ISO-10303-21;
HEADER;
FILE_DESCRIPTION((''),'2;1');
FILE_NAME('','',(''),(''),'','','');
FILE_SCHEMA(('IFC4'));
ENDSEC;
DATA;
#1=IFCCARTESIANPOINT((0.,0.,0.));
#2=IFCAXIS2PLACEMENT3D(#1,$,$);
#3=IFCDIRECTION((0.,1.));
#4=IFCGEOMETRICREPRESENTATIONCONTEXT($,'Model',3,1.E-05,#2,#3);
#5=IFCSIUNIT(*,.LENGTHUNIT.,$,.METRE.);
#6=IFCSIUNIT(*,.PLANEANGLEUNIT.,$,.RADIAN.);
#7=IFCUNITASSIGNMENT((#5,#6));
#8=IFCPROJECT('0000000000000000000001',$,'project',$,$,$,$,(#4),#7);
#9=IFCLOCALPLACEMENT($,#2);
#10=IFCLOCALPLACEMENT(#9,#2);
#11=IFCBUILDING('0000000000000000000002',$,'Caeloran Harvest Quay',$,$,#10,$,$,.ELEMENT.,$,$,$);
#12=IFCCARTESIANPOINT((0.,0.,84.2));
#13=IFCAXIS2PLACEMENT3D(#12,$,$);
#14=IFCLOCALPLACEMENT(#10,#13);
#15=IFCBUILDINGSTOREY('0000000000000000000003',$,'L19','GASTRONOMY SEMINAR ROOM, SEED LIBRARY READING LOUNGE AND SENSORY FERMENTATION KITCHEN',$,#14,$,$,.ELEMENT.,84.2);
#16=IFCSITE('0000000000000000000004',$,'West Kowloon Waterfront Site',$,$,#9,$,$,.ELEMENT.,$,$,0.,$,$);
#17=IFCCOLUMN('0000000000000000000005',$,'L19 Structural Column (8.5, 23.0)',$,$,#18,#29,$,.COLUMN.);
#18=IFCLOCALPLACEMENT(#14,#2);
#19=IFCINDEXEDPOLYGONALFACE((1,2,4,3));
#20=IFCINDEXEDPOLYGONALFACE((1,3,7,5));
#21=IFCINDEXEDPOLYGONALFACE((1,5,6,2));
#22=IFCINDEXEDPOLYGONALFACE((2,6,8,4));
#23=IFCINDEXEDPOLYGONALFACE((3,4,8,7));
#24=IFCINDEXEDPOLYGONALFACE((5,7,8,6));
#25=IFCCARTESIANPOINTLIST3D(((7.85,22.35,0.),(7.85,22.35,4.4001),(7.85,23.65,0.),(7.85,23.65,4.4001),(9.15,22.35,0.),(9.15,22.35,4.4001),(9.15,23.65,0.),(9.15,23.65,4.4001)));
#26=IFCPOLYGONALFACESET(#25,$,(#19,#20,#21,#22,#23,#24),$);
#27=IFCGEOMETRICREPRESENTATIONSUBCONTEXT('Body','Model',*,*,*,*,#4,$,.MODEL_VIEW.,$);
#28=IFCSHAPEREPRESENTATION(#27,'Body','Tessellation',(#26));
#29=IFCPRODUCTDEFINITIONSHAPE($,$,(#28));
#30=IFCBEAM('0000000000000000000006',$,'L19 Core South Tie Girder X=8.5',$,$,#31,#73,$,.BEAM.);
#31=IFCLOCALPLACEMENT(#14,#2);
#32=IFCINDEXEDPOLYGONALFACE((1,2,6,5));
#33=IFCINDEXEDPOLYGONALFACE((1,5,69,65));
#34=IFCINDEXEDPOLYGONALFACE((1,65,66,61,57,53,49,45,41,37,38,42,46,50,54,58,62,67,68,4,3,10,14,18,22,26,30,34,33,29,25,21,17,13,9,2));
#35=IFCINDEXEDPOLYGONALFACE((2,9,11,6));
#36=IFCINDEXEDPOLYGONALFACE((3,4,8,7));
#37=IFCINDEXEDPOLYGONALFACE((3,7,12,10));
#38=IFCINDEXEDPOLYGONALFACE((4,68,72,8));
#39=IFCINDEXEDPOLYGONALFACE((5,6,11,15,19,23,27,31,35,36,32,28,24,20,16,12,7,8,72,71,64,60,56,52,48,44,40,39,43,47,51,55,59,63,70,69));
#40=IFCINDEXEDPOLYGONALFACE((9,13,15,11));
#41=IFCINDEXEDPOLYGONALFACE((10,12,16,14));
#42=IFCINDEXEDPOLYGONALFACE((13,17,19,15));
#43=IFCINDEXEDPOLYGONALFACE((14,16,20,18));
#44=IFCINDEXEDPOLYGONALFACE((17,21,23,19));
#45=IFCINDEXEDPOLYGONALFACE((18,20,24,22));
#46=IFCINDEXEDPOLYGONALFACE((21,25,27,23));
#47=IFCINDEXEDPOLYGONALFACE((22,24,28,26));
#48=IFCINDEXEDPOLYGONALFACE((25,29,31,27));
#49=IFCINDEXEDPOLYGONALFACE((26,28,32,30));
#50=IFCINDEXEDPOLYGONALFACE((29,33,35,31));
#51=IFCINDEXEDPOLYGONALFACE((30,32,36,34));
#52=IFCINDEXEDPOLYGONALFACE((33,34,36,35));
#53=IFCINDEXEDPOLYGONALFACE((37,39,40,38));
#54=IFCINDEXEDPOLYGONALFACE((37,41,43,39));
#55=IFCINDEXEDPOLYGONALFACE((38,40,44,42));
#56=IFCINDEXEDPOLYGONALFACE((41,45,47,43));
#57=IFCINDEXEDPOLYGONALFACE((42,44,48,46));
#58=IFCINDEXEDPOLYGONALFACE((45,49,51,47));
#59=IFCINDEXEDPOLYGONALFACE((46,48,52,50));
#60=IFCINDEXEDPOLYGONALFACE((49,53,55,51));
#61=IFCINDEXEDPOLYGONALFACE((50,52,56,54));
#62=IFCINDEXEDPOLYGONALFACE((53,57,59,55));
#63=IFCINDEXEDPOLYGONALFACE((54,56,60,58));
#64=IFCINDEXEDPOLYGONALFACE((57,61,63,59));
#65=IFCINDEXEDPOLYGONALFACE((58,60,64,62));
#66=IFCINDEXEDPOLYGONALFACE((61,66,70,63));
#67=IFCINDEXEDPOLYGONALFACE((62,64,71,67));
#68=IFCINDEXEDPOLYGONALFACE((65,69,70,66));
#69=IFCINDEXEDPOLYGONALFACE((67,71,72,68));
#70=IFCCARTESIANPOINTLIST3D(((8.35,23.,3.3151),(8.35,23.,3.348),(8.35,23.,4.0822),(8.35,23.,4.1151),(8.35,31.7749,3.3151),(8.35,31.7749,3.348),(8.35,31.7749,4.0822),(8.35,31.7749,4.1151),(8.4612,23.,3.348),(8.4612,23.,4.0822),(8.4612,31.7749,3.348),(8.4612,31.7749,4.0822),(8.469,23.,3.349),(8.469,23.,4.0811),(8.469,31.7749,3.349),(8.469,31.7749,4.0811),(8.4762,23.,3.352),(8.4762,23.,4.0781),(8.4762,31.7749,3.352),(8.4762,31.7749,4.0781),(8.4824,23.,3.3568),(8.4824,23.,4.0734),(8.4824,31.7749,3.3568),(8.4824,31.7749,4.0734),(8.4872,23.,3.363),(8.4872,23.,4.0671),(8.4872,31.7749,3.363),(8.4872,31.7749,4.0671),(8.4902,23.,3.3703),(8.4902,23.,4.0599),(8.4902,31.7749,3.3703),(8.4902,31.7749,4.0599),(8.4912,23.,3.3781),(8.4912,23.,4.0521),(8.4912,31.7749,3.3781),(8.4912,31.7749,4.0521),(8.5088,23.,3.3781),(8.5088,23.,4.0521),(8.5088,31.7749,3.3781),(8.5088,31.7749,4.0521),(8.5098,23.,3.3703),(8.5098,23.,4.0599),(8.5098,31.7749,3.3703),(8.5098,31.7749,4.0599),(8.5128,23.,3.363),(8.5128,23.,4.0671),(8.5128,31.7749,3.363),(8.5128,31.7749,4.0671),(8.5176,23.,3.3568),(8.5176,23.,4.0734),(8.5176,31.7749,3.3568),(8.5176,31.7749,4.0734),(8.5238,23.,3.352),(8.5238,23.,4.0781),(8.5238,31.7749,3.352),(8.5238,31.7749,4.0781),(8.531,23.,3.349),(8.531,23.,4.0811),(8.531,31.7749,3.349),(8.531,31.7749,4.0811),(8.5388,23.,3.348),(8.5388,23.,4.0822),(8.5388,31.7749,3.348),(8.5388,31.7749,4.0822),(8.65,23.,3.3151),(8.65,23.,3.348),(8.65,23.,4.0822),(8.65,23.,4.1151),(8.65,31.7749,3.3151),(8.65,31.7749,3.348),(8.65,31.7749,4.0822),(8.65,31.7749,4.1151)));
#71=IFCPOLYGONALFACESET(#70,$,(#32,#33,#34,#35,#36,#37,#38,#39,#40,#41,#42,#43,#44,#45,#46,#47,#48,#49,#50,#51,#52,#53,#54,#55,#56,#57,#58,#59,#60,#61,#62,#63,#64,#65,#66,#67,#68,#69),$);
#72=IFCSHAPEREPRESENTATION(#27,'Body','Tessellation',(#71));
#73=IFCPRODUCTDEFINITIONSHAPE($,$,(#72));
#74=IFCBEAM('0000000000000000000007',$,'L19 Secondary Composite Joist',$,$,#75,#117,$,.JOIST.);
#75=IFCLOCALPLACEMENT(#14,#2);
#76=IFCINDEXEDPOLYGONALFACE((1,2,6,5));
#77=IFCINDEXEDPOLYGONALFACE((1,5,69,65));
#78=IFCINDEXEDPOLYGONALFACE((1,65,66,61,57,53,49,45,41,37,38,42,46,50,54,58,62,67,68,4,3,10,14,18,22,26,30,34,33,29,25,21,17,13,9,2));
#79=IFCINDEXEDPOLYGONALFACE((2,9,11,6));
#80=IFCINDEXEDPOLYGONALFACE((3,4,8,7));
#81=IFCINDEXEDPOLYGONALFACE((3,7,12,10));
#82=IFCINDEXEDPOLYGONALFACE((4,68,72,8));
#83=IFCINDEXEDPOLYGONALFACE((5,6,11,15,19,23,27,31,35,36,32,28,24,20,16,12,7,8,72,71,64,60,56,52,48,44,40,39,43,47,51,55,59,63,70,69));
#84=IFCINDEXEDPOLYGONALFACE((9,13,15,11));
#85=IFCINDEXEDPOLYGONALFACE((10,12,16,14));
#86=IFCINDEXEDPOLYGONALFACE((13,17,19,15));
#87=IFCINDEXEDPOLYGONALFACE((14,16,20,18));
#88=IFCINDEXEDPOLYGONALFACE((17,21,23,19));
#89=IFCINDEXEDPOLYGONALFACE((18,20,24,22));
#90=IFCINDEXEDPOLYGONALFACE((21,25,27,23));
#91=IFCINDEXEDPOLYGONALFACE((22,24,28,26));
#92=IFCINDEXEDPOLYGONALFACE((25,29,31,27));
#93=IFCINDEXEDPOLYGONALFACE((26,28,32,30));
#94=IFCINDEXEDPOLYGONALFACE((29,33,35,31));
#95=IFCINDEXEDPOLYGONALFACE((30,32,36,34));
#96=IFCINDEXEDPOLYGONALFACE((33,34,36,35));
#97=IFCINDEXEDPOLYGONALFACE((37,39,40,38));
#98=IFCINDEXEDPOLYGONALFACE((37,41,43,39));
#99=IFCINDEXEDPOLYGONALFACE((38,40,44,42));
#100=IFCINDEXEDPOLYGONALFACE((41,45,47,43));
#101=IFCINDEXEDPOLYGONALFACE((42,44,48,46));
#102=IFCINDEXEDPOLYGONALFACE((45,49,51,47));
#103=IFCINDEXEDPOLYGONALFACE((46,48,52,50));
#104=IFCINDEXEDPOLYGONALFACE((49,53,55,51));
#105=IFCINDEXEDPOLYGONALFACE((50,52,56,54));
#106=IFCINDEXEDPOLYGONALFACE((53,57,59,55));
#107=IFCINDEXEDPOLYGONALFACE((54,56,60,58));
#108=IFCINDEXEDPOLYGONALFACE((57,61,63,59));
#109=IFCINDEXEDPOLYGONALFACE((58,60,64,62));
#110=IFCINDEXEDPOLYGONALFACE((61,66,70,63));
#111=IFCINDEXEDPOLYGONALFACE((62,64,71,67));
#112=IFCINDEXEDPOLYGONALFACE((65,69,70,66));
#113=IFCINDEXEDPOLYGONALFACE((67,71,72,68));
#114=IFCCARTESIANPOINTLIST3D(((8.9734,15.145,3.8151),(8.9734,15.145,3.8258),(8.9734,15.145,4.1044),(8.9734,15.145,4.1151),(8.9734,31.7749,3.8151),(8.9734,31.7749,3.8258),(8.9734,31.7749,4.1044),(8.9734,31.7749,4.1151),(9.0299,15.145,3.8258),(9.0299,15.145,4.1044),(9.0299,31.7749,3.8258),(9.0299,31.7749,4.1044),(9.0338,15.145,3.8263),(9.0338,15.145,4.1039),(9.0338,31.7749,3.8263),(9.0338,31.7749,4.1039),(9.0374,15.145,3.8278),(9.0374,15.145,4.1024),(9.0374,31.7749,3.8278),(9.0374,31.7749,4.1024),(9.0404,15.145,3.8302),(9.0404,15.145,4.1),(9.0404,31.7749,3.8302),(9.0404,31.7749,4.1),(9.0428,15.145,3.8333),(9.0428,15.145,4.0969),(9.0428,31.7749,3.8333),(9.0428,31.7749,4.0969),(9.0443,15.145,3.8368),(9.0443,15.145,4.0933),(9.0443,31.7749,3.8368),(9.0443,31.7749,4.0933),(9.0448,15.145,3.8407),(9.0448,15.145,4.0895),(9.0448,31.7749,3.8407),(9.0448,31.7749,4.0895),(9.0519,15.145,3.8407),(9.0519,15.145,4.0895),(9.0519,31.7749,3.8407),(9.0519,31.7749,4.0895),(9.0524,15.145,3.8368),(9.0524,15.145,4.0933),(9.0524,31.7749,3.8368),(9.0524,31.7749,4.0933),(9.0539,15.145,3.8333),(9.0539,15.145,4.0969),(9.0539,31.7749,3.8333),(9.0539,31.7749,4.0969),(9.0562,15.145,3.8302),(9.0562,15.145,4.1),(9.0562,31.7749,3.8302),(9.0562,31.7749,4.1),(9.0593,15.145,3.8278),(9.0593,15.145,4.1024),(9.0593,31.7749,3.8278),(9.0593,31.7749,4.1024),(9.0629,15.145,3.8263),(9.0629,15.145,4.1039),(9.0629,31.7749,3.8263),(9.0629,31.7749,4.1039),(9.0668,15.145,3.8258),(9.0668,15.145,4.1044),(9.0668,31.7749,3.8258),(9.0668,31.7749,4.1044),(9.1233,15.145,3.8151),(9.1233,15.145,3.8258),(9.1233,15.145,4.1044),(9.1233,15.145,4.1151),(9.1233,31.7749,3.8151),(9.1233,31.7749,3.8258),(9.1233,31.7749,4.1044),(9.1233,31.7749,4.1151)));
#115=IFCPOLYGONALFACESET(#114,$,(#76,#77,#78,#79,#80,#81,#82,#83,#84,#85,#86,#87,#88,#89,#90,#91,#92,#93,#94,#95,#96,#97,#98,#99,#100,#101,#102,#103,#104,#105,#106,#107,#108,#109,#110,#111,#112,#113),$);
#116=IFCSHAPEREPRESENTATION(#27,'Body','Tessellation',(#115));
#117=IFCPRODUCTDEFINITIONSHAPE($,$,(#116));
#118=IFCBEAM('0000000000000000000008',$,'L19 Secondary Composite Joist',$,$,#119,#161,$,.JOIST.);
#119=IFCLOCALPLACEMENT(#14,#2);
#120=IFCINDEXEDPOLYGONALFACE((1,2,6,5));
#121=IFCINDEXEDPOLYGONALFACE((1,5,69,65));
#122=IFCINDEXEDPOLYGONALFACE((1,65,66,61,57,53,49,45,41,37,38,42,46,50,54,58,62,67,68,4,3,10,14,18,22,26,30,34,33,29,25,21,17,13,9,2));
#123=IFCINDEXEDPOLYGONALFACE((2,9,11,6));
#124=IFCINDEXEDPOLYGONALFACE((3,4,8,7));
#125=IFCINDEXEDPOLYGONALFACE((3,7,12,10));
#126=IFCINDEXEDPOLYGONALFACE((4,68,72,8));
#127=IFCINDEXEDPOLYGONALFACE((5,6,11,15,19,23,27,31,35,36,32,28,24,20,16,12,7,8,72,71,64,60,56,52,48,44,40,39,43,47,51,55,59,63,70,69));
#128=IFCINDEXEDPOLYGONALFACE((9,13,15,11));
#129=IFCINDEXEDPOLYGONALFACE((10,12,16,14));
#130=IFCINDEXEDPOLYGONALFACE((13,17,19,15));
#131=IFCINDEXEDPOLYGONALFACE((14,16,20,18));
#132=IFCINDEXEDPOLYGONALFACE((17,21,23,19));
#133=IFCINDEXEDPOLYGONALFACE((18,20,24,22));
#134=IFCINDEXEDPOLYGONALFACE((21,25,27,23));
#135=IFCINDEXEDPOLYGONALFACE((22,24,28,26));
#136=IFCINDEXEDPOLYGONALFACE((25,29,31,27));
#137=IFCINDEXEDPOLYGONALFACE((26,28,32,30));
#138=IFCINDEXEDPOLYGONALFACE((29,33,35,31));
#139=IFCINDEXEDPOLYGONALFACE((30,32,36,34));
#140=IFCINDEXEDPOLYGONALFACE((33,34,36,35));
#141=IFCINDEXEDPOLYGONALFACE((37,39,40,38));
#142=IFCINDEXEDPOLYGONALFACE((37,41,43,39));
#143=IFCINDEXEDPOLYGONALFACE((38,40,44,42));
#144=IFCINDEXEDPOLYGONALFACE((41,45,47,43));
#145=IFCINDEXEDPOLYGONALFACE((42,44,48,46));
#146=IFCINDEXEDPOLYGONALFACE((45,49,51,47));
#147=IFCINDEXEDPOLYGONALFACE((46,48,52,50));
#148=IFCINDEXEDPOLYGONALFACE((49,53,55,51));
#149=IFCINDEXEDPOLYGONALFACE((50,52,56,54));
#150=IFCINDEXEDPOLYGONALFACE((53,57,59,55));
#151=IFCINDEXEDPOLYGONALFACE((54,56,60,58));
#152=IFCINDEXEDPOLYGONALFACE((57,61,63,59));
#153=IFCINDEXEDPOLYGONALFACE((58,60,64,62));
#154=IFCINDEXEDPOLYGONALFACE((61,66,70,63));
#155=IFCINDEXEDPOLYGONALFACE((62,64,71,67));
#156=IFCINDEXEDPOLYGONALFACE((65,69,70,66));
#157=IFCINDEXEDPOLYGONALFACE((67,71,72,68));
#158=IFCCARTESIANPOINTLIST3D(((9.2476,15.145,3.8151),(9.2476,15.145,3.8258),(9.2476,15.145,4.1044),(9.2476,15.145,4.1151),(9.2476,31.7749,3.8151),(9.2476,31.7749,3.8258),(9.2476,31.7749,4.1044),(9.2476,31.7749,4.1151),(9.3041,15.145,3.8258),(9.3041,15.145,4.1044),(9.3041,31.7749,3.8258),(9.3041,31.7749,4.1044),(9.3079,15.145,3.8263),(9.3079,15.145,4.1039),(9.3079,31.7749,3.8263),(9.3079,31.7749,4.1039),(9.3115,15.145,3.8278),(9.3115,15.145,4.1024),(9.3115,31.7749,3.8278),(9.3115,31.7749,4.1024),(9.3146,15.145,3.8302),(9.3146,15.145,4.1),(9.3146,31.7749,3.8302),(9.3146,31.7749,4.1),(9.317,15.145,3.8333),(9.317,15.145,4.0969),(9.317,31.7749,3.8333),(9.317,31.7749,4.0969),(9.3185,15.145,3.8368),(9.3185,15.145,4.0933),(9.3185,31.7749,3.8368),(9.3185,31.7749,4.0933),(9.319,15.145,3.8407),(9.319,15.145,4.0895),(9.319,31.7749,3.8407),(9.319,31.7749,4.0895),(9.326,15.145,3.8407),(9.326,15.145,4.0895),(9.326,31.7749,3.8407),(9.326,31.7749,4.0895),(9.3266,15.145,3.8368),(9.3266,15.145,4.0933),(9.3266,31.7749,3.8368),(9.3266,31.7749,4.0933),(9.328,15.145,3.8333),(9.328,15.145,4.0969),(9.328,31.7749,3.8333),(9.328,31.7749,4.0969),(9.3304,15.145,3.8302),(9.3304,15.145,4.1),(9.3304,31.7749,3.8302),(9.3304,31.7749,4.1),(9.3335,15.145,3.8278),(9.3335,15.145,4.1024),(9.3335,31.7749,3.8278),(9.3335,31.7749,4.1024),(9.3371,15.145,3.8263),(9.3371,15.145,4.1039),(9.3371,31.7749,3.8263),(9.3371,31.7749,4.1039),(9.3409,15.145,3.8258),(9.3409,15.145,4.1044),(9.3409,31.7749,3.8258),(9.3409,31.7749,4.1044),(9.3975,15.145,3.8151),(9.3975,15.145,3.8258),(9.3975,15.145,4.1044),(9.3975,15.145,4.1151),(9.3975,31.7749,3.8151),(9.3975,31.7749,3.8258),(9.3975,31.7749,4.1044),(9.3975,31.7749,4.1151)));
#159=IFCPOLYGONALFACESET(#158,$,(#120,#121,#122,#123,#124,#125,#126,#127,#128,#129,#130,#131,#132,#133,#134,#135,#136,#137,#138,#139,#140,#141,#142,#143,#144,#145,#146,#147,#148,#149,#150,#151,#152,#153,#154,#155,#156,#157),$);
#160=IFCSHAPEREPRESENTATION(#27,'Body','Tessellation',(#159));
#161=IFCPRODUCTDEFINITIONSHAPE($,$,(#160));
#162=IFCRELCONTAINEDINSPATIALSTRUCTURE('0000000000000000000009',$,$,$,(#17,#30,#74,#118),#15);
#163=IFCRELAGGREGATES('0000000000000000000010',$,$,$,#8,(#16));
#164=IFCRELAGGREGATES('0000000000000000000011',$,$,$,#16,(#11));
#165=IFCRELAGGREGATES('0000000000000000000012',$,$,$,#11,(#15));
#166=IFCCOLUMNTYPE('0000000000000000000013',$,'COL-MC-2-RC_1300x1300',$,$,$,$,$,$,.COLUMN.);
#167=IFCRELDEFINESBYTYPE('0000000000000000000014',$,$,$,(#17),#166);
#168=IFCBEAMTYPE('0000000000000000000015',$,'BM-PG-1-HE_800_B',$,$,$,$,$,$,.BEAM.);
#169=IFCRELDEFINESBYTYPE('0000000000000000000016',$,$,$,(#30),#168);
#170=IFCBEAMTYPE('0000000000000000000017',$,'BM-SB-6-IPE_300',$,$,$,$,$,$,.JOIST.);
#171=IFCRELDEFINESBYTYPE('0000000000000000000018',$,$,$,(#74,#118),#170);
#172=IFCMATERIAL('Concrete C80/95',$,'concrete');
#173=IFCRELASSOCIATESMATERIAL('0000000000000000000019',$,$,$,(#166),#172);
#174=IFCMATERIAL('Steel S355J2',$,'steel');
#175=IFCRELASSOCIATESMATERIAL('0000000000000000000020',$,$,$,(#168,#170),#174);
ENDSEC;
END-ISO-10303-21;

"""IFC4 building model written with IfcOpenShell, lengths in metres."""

from ifc_helpers import new_model, si_unit, direction, frame, origin, origin_2d, place, context, subcontext, project, spatial, rectangle, i_section, extrude, material, material_profile, profile_set, type_object, element, save


model = new_model("IFC4")

# Units and contexts
model_context = context("Model", 3, precision=1e-05, world=origin(), true_north=direction((0.0, 1.0)))
body_context = subcontext(model_context, "Body", "Model", "MODEL_VIEW")
ifc_project = project(units=[si_unit("LENGTHUNIT", "METRE"), si_unit("PLANEANGLEUNIT", "RADIAN")], contexts=[model_context])

# Site, building, storey
site_placement = place(None, origin())
site = spatial("IfcSite", under=ifc_project, at=site_placement, Name="West Kowloon Waterfront Site", CompositionType="ELEMENT", RefElevation=0.0)
building_placement = place(site_placement, origin())
building = spatial("IfcBuilding", under=site, at=building_placement, Name="Caeloran Harvest Quay", CompositionType="ELEMENT")
storey_placement = place(building_placement, frame((0.0, 0.0, 84.2)))
storey = spatial("IfcBuildingStorey", under=building, at=storey_placement, Name="L19", Description="GASTRONOMY SEMINAR ROOM, SEED LIBRARY READING LOUNGE AND SENSORY FERMENTATION KITCHEN", CompositionType="ELEMENT", Elevation=84.2)

# Column
ifc_material_1 = material(Name="Concrete C80/95", Category="concrete")
ifc_material_profile_1 = material_profile(ifc_material_1, rectangle(XDim=1.3, YDim=1.3, at=origin_2d()), Name="RC 1300x1300")
ifc_profile_set_1 = profile_set([ifc_material_profile_1], Name="Concrete C80/95")
column_type = type_object("IfcColumnType", Name="COL-MC-2-RC_1300x1300", PredefinedType="COLUMN", material=ifc_profile_set_1)
column_placement = place(storey_placement, frame((8.5, 23.0, 0.0), z_axis=(0.0, 0.0, 1.0), x_axis=(1.0, 0.0, 0.0)))
element("IfcColumn", 1, at=column_placement, inside=storey, type_object=column_type, Name="L19 Structural Column (8.5, 23.0)", PredefinedType="COLUMN", context=body_context, shape_type="SweptSolid", body=[
    extrude(rectangle(XDim=1.3, YDim=1.3, at=origin_2d()), origin(), (0.0, 0.0, 1.0), 4.4001),
])

# Beams
ifc_material_2 = material(Name="Steel S355J2", Category="steel")
ifc_material_profile_2 = material_profile(ifc_material_2, i_section(OverallWidth=0.3, OverallDepth=0.8, WebThickness=0.0176, FlangeThickness=0.033, FilletRadius=0.03, at=origin_2d()), Name="HE 800 B")
ifc_profile_set_2 = profile_set([ifc_material_profile_2], Name="Steel S355J2")
beam_type_1 = type_object("IfcBeamType", Name="BM-PG-1-HE_800_B", PredefinedType="BEAM", material=ifc_profile_set_2)
beam_placement = place(storey_placement, frame((8.5, 23.0, 3.7151), z_axis=(0.0, 1.0, 0.0), x_axis=(-1.0, 0.0, 0.0)))
element("IfcBeam", 2, at=beam_placement, inside=storey, type_object=beam_type_1, Name="L19 Core South Tie Girder X=8.5", PredefinedType="BEAM", context=body_context, shape_type="SweptSolid", body=[
    extrude(i_section(OverallWidth=0.3, OverallDepth=0.8, WebThickness=0.0176, FlangeThickness=0.033, FilletRadius=0.03, at=origin_2d()), origin(), (0.0, 0.0, 1.0), 8.7749),
])
ifc_material_profile_3 = material_profile(ifc_material_2, i_section(OverallWidth=0.1499, OverallDepth=0.3, WebThickness=0.0071, FlangeThickness=0.0107, FilletRadius=0.0149, at=origin_2d()), Name="IPE 300")
ifc_profile_set_3 = profile_set([ifc_material_profile_3], Name="Steel S355J2")
beam_type_2 = type_object("IfcBeamType", Name="BM-SB-6-IPE_300", PredefinedType="JOIST", material=ifc_profile_set_3)
for number, where, z_axis, x_axis, name in (
    (3, (9.0483, 15.145, 3.9651), (0.0, 1.0, 0.0), (-1.0, 0.0, 0.0), "L19 Secondary Composite Joist"),
    (4, (9.3225, 15.145, 3.9651), (0.0, 1.0, 0.0), (-1.0, 0.0, 0.0), "L19 Secondary Composite Joist"),
):
    element("IfcBeam", number, at=place(storey_placement, frame(where, z_axis=z_axis, x_axis=x_axis)), inside=storey, type_object=beam_type_2, Name=name, PredefinedType="JOIST", context=body_context, shape_type="SweptSolid", body=[
        extrude(i_section(OverallWidth=0.1499, OverallDepth=0.3, WebThickness=0.0071, FlangeThickness=0.0107, FilletRadius=0.0149, at=origin_2d()), origin(), (0.0, 0.0, 1.0), 16.6299),
    ])

save(model, "model.ifc")
